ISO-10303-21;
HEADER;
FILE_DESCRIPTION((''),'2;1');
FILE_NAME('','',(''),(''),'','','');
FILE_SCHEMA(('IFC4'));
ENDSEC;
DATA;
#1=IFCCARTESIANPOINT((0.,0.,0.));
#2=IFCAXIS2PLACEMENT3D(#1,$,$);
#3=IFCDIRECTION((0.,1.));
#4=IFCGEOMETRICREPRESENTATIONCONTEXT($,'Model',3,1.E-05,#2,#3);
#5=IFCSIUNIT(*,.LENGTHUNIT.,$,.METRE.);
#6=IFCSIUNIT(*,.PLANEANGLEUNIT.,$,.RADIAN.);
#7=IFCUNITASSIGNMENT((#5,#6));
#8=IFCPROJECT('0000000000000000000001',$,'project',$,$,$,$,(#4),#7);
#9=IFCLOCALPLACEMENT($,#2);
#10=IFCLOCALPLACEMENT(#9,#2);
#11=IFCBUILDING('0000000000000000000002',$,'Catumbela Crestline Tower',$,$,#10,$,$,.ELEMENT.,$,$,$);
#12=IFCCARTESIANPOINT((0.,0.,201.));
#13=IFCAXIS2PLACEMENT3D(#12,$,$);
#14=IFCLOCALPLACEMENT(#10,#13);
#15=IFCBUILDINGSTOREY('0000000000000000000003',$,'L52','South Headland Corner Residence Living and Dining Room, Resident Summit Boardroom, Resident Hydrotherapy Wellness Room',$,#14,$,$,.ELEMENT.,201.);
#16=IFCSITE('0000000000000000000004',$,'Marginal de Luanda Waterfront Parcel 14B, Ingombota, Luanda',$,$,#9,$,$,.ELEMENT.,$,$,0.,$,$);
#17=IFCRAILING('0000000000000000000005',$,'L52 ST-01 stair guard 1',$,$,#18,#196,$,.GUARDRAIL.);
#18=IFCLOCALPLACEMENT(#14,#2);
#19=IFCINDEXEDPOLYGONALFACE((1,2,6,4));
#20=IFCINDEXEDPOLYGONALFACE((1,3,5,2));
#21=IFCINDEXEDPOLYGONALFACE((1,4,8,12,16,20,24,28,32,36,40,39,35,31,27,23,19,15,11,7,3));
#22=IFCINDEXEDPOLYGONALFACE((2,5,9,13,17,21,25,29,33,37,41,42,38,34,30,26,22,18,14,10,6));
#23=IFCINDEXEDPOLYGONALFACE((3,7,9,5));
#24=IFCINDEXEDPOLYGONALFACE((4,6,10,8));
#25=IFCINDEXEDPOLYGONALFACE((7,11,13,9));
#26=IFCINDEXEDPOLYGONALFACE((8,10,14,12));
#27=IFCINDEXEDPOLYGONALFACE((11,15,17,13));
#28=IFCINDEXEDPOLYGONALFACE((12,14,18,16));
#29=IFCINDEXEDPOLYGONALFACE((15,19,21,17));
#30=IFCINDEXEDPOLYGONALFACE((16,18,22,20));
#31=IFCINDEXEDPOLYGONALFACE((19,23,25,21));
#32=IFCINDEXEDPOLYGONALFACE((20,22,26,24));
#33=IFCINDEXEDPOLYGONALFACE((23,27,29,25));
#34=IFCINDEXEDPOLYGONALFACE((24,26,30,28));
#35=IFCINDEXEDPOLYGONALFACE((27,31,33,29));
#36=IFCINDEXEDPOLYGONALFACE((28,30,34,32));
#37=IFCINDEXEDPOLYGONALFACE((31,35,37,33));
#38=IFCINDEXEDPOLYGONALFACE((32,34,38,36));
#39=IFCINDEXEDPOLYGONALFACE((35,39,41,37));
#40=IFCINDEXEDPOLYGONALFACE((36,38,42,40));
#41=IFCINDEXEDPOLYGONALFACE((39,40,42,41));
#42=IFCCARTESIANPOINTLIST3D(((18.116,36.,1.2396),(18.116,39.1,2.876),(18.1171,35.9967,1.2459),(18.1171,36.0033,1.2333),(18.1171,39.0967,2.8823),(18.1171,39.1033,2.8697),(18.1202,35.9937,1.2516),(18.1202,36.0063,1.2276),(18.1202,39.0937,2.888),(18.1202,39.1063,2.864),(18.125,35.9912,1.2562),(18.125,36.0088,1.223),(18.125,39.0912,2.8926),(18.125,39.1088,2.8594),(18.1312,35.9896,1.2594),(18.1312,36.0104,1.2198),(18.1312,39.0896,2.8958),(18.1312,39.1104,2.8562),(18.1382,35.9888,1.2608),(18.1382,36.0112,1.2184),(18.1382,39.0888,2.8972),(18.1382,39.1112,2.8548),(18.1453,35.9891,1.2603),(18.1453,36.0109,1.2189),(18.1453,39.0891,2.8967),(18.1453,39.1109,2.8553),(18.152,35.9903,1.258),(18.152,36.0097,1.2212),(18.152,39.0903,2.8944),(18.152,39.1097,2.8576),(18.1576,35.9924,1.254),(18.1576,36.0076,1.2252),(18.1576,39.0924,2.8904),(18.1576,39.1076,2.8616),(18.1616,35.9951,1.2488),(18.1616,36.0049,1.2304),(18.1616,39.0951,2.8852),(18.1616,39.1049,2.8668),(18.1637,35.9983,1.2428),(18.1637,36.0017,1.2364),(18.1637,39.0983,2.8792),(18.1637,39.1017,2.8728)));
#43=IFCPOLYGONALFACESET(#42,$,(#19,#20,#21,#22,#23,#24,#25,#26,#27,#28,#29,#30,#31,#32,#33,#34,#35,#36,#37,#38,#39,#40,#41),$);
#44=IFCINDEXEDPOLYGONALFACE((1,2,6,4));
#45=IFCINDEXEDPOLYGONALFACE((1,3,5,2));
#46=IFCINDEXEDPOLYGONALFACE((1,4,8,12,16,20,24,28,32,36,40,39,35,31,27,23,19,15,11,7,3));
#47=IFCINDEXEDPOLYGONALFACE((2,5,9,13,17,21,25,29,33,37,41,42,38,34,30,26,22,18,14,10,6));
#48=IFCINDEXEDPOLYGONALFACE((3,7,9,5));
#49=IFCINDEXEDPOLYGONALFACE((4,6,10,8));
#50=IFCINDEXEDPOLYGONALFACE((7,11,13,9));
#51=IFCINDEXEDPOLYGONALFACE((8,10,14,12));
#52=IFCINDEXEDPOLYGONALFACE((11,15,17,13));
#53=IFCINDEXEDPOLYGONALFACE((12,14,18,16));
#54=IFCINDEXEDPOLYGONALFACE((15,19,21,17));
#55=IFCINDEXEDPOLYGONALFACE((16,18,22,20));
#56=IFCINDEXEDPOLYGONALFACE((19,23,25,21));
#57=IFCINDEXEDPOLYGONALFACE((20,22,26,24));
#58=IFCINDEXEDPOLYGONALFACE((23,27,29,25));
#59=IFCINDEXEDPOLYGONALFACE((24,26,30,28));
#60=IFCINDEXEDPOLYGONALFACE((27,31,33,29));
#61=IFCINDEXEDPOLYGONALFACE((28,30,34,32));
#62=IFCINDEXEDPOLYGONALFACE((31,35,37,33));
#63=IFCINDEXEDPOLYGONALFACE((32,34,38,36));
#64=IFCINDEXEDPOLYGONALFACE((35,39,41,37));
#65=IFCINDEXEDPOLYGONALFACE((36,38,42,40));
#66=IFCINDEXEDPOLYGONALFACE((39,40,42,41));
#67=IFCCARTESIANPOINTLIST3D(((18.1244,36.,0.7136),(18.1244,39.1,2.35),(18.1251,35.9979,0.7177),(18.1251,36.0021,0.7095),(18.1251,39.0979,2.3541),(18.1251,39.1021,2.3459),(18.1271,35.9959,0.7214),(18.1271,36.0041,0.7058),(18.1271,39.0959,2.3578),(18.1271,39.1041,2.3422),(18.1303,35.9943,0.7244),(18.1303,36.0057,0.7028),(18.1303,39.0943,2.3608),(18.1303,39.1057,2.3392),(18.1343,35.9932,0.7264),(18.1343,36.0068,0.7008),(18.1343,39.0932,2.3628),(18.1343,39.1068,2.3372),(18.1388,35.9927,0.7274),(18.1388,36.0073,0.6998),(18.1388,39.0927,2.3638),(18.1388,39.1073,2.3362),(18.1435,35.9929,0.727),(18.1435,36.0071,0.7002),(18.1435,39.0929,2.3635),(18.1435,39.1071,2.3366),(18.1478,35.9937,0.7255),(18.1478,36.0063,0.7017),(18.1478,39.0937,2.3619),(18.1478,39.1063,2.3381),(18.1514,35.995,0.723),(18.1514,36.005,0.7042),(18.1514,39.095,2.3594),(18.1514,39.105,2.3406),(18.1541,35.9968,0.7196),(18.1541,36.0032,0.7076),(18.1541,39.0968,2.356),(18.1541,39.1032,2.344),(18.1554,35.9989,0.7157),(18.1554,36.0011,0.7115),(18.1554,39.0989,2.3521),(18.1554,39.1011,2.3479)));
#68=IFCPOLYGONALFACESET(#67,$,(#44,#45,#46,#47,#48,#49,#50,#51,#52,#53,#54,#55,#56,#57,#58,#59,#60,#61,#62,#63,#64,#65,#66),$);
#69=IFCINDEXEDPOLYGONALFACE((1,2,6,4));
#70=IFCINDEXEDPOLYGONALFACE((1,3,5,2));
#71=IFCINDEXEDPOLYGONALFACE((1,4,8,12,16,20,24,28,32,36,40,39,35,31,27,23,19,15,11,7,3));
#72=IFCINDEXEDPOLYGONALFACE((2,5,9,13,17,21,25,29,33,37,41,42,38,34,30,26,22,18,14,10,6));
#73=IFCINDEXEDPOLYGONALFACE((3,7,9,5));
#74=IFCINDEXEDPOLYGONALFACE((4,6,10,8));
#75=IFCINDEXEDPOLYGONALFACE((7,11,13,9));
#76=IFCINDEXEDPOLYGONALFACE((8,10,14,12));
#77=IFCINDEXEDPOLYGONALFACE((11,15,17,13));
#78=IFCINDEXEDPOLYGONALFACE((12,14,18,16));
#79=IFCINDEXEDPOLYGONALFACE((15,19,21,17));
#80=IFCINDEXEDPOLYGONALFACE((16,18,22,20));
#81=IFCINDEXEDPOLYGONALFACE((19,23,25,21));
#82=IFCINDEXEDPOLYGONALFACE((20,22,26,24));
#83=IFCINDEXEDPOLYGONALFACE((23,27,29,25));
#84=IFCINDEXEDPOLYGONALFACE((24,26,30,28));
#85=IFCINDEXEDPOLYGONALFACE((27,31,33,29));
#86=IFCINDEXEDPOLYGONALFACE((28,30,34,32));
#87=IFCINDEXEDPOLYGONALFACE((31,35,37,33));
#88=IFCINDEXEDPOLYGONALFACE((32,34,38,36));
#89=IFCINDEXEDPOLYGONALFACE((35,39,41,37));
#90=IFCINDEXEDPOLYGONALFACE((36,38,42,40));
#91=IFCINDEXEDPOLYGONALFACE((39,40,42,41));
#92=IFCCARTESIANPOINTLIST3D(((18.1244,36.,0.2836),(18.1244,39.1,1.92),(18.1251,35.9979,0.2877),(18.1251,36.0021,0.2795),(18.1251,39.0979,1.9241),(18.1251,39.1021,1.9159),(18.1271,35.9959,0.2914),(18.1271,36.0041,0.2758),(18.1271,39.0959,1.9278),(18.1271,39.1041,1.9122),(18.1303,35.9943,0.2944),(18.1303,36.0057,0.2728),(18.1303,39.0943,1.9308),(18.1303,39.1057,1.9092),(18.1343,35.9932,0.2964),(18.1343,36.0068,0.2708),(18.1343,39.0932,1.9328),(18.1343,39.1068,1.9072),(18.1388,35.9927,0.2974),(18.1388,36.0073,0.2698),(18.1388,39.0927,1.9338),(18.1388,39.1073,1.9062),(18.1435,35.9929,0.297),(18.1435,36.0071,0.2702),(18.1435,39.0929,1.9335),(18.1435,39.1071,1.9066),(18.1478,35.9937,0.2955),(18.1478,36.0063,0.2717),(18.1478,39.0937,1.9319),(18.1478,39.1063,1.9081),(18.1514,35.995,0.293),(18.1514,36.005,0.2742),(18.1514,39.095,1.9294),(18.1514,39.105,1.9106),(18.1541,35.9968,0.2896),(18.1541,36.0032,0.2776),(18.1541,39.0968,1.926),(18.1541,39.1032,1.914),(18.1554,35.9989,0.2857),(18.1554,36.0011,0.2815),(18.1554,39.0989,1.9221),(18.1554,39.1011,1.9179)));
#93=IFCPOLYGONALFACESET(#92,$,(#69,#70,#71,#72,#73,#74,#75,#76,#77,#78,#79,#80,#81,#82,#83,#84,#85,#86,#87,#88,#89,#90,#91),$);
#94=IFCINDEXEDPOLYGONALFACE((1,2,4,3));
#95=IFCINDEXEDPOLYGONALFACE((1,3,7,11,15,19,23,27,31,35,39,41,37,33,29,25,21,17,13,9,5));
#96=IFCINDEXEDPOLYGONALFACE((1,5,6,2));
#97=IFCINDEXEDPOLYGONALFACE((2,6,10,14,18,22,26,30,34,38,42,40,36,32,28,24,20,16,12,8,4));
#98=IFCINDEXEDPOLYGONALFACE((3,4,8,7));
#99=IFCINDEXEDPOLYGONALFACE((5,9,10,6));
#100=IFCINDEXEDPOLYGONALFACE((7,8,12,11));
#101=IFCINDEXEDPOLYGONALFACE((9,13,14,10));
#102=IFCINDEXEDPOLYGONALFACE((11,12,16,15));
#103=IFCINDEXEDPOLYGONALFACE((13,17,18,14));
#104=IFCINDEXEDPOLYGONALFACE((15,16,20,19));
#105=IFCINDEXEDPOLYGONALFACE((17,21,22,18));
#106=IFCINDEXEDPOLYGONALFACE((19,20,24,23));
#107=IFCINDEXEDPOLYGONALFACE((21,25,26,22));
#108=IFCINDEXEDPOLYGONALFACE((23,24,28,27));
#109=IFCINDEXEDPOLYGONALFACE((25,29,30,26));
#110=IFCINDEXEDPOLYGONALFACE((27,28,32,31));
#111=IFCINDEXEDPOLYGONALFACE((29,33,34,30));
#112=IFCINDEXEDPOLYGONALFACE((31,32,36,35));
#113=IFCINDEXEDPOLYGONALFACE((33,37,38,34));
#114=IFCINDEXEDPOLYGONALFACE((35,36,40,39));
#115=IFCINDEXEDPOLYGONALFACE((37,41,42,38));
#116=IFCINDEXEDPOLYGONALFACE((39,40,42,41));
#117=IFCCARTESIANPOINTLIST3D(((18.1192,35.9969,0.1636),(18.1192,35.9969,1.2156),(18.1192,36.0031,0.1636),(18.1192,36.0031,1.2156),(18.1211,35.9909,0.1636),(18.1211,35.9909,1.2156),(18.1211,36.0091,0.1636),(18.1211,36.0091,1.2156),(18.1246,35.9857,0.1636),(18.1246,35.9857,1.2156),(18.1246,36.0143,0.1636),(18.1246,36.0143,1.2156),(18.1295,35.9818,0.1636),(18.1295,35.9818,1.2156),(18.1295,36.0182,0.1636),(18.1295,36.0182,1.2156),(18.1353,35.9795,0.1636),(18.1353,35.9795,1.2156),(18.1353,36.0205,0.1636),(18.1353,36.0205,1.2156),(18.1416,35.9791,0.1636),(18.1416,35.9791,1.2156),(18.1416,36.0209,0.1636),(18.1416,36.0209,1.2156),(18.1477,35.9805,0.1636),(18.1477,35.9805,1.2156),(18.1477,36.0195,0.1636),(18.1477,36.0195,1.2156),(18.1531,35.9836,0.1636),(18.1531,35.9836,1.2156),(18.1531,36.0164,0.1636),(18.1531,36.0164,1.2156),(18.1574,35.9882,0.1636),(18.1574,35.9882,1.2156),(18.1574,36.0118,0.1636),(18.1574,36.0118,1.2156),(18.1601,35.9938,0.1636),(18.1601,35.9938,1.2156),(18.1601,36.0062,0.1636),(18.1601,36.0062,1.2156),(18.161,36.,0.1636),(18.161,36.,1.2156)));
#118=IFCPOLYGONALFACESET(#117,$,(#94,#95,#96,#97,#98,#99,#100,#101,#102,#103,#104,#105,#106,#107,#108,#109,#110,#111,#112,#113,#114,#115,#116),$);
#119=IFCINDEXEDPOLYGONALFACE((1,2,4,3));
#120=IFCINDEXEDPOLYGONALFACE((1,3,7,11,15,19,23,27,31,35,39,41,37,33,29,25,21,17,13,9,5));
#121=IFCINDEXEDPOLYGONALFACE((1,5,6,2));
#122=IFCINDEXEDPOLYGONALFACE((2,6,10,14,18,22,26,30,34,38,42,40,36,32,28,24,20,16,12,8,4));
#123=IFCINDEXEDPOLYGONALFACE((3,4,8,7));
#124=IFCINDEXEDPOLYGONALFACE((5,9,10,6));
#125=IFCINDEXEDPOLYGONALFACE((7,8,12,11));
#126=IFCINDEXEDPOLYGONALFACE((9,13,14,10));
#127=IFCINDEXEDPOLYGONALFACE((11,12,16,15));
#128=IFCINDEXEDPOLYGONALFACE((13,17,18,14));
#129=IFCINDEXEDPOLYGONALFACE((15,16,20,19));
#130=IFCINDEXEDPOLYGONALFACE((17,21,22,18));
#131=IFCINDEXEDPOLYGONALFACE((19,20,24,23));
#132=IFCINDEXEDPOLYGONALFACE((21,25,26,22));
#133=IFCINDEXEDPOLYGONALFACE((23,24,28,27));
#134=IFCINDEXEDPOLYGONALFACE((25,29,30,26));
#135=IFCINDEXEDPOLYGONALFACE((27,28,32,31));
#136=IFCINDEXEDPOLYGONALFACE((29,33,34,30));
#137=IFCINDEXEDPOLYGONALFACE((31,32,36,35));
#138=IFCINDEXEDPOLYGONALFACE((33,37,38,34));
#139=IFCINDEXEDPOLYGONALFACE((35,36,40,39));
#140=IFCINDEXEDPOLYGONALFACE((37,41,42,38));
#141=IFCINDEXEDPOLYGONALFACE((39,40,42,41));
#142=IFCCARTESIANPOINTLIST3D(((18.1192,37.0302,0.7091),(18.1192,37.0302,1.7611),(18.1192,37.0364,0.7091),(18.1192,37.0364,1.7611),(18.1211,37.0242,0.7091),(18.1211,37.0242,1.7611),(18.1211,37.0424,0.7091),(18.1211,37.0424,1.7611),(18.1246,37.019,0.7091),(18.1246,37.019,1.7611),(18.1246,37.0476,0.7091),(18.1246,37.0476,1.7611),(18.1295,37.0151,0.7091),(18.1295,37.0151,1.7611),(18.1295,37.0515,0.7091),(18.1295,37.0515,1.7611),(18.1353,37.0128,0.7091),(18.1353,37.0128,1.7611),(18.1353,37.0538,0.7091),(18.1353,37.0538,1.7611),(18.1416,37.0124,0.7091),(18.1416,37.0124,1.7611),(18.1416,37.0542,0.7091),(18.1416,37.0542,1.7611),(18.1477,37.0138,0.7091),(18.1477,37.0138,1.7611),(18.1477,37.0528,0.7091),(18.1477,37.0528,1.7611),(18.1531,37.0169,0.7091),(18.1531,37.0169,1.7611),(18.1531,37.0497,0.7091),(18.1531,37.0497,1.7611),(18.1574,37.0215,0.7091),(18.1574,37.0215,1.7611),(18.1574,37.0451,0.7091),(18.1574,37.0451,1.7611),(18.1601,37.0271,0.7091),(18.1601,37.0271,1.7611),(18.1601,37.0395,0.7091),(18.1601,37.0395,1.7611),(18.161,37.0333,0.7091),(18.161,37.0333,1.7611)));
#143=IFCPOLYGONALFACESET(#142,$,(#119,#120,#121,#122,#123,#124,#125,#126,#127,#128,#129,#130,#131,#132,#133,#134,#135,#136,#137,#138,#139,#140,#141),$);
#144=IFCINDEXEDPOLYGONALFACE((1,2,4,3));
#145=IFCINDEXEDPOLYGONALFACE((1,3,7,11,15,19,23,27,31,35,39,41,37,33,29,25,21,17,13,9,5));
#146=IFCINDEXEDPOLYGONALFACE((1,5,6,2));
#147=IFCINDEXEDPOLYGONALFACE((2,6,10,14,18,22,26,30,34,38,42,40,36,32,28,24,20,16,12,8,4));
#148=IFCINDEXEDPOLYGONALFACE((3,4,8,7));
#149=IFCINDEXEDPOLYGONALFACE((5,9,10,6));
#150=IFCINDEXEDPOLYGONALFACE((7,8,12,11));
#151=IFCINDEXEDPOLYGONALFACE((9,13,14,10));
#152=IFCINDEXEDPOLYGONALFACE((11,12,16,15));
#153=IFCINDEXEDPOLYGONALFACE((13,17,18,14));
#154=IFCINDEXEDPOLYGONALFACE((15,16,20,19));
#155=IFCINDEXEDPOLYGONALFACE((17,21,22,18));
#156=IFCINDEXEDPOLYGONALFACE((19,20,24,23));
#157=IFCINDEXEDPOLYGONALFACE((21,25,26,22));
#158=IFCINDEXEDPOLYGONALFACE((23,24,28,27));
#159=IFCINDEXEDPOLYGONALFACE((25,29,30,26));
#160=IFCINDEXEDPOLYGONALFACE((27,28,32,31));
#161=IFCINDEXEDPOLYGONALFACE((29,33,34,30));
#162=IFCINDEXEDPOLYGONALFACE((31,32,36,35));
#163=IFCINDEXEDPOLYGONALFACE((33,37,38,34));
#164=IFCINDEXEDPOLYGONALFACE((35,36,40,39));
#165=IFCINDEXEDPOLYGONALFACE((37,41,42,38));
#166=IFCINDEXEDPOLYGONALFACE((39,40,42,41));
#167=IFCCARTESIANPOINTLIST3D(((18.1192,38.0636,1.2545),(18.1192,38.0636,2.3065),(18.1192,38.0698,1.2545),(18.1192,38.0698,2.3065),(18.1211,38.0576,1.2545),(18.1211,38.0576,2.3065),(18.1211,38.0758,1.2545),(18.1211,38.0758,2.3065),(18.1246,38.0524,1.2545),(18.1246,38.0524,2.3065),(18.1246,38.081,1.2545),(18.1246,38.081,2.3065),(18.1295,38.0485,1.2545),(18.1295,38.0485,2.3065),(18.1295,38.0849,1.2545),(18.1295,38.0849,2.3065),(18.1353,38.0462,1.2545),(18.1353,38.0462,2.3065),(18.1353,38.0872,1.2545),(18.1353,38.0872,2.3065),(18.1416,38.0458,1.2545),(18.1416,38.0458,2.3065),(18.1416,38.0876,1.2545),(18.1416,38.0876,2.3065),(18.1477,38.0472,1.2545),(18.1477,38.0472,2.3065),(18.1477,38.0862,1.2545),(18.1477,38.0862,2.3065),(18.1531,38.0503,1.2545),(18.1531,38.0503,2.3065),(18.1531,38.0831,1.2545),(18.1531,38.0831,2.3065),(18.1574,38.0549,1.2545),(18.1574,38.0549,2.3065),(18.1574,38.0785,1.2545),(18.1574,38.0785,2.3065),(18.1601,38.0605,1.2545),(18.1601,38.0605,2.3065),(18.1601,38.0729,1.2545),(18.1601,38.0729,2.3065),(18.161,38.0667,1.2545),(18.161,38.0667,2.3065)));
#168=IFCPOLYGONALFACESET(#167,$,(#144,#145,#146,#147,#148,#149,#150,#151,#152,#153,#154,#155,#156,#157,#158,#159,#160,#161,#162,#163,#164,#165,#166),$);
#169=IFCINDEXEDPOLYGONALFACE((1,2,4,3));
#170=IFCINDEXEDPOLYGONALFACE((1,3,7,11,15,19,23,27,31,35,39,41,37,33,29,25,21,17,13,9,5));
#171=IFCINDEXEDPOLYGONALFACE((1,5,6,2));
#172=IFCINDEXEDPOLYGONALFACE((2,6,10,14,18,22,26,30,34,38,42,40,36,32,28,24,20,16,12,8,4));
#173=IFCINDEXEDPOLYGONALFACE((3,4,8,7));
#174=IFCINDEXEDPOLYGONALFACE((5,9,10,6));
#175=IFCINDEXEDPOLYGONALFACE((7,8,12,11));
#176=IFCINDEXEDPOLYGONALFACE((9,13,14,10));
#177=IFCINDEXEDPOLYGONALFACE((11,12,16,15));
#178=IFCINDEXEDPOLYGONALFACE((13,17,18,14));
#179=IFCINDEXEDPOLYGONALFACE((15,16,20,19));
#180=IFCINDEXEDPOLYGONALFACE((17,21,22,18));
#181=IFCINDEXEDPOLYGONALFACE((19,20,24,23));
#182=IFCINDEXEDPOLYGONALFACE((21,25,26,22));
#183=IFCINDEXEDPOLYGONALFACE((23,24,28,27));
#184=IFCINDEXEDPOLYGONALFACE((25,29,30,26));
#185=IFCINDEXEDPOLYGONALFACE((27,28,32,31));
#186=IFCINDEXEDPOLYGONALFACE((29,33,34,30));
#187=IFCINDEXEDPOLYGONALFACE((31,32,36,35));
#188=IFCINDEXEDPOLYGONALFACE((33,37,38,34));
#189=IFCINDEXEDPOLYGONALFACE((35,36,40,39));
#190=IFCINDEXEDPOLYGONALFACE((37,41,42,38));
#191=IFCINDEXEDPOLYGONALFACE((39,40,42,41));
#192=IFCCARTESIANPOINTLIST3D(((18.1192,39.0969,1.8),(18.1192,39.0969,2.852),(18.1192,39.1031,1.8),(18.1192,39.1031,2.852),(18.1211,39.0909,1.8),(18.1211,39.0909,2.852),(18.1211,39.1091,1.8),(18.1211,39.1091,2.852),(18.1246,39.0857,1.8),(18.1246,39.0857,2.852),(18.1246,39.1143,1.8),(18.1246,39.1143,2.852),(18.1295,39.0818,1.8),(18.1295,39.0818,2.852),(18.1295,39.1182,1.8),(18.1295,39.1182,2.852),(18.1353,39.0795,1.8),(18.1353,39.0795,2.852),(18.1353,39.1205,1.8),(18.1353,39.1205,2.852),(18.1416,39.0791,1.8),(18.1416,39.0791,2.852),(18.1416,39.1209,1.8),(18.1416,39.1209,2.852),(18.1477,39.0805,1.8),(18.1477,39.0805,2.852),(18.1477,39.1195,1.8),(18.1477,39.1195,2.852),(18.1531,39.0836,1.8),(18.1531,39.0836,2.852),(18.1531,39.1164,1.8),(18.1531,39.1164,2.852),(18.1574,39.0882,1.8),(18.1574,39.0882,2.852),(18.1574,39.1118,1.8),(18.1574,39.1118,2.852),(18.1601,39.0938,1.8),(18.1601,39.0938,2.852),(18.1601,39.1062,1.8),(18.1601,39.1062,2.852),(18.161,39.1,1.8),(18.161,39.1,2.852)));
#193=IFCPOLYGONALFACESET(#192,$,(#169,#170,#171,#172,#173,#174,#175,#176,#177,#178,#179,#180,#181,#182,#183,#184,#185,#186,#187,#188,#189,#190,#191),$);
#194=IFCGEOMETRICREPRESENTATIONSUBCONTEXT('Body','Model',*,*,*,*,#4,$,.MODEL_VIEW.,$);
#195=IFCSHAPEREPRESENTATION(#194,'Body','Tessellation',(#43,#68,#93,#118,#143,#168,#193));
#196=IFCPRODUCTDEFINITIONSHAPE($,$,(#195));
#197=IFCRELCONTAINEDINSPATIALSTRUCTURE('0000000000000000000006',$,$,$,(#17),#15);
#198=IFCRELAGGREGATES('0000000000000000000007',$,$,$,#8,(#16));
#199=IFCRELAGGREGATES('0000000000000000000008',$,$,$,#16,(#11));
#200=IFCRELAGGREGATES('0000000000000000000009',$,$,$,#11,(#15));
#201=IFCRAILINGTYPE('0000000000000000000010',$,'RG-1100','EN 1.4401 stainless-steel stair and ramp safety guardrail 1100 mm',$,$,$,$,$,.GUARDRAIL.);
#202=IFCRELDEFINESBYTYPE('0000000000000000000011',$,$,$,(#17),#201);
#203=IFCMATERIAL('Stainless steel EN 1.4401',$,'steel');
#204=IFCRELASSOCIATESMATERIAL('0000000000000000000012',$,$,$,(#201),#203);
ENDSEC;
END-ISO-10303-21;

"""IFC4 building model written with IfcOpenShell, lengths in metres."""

from ifc_helpers import new_model, si_unit, direction, frame, origin, origin_2d, place, context, subcontext, project, spatial, circle, extrude, material, type_object, element, save


model = new_model("IFC4")

# Units and contexts
model_context = context("Model", 3, precision=1e-05, world=origin(), true_north=direction((0.0, 1.0)))
body_context = subcontext(model_context, "Body", "Model", "MODEL_VIEW")
ifc_project = project(units=[si_unit("LENGTHUNIT", "METRE"), si_unit("PLANEANGLEUNIT", "RADIAN")], contexts=[model_context])

# Site, building, storey
site_placement = place(None, origin())
site = spatial("IfcSite", under=ifc_project, at=site_placement, Name="Marginal de Luanda Waterfront Parcel 14B, Ingombota, Luanda", CompositionType="ELEMENT", RefElevation=0.0)
building_placement = place(site_placement, origin())
building = spatial("IfcBuilding", under=site, at=building_placement, Name="Catumbela Crestline Tower", CompositionType="ELEMENT")
storey_placement = place(building_placement, frame((0.0, 0.0, 201.0)))
storey = spatial("IfcBuildingStorey", under=building, at=storey_placement, Name="L52", Description="South Headland Corner Residence Living and Dining Room, Resident Summit Boardroom, Resident Hydrotherapy Wellness Room", CompositionType="ELEMENT", Elevation=201.0)

# Shared definitions
ifc_material_1 = material(Name="Stainless steel EN 1.4401", Category="steel")

# Railing
railing_type_1 = type_object("IfcRailingType", Name="RG-1100", Description="EN 1.4401 stainless-steel stair and ramp safety guardrail 1100 mm", PredefinedType="GUARDRAIL", material=ifc_material_1)
railing_1_placement = place(storey_placement, frame((18.14, 36.0, 0.1636)))
element("IfcRailing", 1, at=railing_1_placement, inside=storey, type_object=railing_type_1, Name="L52 ST-01 stair guard 1", PredefinedType="GUARDRAIL", context=body_context, shape_type="SweptSolid", body=[
    extrude(circle(Radius=0.024, at=origin_2d()), frame((0.0, 0.0, 1.076), z_axis=(0.0, 0.884351, 0.466823), x_axis=(-1.0, 0.0, 0.0)), (0.0, 0.0, 1.0), 3.5054),
    extrude(circle(Radius=0.0156, at=origin_2d()), frame((0.0, 0.0, 0.55), z_axis=(0.0, 0.884351, 0.466823), x_axis=(-1.0, 0.0, 0.0)), (0.0, 0.0, 1.0), 3.5054),
    extrude(circle(Radius=0.0156, at=origin_2d()), frame((0.0, 0.0, 0.12), z_axis=(0.0, 0.884351, 0.466823), x_axis=(-1.0, 0.0, 0.0)), (0.0, 0.0, 1.0), 3.5054),
    extrude(circle(Radius=0.021, at=origin_2d()), origin(), (0.0, 0.0, 1.0), 1.052),
    extrude(circle(Radius=0.021, at=origin_2d()), frame((0.0, 1.0333, 0.5455)), (0.0, 0.0, 1.0), 1.052),
    extrude(circle(Radius=0.021, at=origin_2d()), frame((0.0, 2.0667, 1.0909)), (0.0, 0.0, 1.0), 1.052),
    extrude(circle(Radius=0.021, at=origin_2d()), frame((0.0, 3.1, 1.6364)), (0.0, 0.0, 1.0), 1.052),
])

save(model, "model.ifc")
